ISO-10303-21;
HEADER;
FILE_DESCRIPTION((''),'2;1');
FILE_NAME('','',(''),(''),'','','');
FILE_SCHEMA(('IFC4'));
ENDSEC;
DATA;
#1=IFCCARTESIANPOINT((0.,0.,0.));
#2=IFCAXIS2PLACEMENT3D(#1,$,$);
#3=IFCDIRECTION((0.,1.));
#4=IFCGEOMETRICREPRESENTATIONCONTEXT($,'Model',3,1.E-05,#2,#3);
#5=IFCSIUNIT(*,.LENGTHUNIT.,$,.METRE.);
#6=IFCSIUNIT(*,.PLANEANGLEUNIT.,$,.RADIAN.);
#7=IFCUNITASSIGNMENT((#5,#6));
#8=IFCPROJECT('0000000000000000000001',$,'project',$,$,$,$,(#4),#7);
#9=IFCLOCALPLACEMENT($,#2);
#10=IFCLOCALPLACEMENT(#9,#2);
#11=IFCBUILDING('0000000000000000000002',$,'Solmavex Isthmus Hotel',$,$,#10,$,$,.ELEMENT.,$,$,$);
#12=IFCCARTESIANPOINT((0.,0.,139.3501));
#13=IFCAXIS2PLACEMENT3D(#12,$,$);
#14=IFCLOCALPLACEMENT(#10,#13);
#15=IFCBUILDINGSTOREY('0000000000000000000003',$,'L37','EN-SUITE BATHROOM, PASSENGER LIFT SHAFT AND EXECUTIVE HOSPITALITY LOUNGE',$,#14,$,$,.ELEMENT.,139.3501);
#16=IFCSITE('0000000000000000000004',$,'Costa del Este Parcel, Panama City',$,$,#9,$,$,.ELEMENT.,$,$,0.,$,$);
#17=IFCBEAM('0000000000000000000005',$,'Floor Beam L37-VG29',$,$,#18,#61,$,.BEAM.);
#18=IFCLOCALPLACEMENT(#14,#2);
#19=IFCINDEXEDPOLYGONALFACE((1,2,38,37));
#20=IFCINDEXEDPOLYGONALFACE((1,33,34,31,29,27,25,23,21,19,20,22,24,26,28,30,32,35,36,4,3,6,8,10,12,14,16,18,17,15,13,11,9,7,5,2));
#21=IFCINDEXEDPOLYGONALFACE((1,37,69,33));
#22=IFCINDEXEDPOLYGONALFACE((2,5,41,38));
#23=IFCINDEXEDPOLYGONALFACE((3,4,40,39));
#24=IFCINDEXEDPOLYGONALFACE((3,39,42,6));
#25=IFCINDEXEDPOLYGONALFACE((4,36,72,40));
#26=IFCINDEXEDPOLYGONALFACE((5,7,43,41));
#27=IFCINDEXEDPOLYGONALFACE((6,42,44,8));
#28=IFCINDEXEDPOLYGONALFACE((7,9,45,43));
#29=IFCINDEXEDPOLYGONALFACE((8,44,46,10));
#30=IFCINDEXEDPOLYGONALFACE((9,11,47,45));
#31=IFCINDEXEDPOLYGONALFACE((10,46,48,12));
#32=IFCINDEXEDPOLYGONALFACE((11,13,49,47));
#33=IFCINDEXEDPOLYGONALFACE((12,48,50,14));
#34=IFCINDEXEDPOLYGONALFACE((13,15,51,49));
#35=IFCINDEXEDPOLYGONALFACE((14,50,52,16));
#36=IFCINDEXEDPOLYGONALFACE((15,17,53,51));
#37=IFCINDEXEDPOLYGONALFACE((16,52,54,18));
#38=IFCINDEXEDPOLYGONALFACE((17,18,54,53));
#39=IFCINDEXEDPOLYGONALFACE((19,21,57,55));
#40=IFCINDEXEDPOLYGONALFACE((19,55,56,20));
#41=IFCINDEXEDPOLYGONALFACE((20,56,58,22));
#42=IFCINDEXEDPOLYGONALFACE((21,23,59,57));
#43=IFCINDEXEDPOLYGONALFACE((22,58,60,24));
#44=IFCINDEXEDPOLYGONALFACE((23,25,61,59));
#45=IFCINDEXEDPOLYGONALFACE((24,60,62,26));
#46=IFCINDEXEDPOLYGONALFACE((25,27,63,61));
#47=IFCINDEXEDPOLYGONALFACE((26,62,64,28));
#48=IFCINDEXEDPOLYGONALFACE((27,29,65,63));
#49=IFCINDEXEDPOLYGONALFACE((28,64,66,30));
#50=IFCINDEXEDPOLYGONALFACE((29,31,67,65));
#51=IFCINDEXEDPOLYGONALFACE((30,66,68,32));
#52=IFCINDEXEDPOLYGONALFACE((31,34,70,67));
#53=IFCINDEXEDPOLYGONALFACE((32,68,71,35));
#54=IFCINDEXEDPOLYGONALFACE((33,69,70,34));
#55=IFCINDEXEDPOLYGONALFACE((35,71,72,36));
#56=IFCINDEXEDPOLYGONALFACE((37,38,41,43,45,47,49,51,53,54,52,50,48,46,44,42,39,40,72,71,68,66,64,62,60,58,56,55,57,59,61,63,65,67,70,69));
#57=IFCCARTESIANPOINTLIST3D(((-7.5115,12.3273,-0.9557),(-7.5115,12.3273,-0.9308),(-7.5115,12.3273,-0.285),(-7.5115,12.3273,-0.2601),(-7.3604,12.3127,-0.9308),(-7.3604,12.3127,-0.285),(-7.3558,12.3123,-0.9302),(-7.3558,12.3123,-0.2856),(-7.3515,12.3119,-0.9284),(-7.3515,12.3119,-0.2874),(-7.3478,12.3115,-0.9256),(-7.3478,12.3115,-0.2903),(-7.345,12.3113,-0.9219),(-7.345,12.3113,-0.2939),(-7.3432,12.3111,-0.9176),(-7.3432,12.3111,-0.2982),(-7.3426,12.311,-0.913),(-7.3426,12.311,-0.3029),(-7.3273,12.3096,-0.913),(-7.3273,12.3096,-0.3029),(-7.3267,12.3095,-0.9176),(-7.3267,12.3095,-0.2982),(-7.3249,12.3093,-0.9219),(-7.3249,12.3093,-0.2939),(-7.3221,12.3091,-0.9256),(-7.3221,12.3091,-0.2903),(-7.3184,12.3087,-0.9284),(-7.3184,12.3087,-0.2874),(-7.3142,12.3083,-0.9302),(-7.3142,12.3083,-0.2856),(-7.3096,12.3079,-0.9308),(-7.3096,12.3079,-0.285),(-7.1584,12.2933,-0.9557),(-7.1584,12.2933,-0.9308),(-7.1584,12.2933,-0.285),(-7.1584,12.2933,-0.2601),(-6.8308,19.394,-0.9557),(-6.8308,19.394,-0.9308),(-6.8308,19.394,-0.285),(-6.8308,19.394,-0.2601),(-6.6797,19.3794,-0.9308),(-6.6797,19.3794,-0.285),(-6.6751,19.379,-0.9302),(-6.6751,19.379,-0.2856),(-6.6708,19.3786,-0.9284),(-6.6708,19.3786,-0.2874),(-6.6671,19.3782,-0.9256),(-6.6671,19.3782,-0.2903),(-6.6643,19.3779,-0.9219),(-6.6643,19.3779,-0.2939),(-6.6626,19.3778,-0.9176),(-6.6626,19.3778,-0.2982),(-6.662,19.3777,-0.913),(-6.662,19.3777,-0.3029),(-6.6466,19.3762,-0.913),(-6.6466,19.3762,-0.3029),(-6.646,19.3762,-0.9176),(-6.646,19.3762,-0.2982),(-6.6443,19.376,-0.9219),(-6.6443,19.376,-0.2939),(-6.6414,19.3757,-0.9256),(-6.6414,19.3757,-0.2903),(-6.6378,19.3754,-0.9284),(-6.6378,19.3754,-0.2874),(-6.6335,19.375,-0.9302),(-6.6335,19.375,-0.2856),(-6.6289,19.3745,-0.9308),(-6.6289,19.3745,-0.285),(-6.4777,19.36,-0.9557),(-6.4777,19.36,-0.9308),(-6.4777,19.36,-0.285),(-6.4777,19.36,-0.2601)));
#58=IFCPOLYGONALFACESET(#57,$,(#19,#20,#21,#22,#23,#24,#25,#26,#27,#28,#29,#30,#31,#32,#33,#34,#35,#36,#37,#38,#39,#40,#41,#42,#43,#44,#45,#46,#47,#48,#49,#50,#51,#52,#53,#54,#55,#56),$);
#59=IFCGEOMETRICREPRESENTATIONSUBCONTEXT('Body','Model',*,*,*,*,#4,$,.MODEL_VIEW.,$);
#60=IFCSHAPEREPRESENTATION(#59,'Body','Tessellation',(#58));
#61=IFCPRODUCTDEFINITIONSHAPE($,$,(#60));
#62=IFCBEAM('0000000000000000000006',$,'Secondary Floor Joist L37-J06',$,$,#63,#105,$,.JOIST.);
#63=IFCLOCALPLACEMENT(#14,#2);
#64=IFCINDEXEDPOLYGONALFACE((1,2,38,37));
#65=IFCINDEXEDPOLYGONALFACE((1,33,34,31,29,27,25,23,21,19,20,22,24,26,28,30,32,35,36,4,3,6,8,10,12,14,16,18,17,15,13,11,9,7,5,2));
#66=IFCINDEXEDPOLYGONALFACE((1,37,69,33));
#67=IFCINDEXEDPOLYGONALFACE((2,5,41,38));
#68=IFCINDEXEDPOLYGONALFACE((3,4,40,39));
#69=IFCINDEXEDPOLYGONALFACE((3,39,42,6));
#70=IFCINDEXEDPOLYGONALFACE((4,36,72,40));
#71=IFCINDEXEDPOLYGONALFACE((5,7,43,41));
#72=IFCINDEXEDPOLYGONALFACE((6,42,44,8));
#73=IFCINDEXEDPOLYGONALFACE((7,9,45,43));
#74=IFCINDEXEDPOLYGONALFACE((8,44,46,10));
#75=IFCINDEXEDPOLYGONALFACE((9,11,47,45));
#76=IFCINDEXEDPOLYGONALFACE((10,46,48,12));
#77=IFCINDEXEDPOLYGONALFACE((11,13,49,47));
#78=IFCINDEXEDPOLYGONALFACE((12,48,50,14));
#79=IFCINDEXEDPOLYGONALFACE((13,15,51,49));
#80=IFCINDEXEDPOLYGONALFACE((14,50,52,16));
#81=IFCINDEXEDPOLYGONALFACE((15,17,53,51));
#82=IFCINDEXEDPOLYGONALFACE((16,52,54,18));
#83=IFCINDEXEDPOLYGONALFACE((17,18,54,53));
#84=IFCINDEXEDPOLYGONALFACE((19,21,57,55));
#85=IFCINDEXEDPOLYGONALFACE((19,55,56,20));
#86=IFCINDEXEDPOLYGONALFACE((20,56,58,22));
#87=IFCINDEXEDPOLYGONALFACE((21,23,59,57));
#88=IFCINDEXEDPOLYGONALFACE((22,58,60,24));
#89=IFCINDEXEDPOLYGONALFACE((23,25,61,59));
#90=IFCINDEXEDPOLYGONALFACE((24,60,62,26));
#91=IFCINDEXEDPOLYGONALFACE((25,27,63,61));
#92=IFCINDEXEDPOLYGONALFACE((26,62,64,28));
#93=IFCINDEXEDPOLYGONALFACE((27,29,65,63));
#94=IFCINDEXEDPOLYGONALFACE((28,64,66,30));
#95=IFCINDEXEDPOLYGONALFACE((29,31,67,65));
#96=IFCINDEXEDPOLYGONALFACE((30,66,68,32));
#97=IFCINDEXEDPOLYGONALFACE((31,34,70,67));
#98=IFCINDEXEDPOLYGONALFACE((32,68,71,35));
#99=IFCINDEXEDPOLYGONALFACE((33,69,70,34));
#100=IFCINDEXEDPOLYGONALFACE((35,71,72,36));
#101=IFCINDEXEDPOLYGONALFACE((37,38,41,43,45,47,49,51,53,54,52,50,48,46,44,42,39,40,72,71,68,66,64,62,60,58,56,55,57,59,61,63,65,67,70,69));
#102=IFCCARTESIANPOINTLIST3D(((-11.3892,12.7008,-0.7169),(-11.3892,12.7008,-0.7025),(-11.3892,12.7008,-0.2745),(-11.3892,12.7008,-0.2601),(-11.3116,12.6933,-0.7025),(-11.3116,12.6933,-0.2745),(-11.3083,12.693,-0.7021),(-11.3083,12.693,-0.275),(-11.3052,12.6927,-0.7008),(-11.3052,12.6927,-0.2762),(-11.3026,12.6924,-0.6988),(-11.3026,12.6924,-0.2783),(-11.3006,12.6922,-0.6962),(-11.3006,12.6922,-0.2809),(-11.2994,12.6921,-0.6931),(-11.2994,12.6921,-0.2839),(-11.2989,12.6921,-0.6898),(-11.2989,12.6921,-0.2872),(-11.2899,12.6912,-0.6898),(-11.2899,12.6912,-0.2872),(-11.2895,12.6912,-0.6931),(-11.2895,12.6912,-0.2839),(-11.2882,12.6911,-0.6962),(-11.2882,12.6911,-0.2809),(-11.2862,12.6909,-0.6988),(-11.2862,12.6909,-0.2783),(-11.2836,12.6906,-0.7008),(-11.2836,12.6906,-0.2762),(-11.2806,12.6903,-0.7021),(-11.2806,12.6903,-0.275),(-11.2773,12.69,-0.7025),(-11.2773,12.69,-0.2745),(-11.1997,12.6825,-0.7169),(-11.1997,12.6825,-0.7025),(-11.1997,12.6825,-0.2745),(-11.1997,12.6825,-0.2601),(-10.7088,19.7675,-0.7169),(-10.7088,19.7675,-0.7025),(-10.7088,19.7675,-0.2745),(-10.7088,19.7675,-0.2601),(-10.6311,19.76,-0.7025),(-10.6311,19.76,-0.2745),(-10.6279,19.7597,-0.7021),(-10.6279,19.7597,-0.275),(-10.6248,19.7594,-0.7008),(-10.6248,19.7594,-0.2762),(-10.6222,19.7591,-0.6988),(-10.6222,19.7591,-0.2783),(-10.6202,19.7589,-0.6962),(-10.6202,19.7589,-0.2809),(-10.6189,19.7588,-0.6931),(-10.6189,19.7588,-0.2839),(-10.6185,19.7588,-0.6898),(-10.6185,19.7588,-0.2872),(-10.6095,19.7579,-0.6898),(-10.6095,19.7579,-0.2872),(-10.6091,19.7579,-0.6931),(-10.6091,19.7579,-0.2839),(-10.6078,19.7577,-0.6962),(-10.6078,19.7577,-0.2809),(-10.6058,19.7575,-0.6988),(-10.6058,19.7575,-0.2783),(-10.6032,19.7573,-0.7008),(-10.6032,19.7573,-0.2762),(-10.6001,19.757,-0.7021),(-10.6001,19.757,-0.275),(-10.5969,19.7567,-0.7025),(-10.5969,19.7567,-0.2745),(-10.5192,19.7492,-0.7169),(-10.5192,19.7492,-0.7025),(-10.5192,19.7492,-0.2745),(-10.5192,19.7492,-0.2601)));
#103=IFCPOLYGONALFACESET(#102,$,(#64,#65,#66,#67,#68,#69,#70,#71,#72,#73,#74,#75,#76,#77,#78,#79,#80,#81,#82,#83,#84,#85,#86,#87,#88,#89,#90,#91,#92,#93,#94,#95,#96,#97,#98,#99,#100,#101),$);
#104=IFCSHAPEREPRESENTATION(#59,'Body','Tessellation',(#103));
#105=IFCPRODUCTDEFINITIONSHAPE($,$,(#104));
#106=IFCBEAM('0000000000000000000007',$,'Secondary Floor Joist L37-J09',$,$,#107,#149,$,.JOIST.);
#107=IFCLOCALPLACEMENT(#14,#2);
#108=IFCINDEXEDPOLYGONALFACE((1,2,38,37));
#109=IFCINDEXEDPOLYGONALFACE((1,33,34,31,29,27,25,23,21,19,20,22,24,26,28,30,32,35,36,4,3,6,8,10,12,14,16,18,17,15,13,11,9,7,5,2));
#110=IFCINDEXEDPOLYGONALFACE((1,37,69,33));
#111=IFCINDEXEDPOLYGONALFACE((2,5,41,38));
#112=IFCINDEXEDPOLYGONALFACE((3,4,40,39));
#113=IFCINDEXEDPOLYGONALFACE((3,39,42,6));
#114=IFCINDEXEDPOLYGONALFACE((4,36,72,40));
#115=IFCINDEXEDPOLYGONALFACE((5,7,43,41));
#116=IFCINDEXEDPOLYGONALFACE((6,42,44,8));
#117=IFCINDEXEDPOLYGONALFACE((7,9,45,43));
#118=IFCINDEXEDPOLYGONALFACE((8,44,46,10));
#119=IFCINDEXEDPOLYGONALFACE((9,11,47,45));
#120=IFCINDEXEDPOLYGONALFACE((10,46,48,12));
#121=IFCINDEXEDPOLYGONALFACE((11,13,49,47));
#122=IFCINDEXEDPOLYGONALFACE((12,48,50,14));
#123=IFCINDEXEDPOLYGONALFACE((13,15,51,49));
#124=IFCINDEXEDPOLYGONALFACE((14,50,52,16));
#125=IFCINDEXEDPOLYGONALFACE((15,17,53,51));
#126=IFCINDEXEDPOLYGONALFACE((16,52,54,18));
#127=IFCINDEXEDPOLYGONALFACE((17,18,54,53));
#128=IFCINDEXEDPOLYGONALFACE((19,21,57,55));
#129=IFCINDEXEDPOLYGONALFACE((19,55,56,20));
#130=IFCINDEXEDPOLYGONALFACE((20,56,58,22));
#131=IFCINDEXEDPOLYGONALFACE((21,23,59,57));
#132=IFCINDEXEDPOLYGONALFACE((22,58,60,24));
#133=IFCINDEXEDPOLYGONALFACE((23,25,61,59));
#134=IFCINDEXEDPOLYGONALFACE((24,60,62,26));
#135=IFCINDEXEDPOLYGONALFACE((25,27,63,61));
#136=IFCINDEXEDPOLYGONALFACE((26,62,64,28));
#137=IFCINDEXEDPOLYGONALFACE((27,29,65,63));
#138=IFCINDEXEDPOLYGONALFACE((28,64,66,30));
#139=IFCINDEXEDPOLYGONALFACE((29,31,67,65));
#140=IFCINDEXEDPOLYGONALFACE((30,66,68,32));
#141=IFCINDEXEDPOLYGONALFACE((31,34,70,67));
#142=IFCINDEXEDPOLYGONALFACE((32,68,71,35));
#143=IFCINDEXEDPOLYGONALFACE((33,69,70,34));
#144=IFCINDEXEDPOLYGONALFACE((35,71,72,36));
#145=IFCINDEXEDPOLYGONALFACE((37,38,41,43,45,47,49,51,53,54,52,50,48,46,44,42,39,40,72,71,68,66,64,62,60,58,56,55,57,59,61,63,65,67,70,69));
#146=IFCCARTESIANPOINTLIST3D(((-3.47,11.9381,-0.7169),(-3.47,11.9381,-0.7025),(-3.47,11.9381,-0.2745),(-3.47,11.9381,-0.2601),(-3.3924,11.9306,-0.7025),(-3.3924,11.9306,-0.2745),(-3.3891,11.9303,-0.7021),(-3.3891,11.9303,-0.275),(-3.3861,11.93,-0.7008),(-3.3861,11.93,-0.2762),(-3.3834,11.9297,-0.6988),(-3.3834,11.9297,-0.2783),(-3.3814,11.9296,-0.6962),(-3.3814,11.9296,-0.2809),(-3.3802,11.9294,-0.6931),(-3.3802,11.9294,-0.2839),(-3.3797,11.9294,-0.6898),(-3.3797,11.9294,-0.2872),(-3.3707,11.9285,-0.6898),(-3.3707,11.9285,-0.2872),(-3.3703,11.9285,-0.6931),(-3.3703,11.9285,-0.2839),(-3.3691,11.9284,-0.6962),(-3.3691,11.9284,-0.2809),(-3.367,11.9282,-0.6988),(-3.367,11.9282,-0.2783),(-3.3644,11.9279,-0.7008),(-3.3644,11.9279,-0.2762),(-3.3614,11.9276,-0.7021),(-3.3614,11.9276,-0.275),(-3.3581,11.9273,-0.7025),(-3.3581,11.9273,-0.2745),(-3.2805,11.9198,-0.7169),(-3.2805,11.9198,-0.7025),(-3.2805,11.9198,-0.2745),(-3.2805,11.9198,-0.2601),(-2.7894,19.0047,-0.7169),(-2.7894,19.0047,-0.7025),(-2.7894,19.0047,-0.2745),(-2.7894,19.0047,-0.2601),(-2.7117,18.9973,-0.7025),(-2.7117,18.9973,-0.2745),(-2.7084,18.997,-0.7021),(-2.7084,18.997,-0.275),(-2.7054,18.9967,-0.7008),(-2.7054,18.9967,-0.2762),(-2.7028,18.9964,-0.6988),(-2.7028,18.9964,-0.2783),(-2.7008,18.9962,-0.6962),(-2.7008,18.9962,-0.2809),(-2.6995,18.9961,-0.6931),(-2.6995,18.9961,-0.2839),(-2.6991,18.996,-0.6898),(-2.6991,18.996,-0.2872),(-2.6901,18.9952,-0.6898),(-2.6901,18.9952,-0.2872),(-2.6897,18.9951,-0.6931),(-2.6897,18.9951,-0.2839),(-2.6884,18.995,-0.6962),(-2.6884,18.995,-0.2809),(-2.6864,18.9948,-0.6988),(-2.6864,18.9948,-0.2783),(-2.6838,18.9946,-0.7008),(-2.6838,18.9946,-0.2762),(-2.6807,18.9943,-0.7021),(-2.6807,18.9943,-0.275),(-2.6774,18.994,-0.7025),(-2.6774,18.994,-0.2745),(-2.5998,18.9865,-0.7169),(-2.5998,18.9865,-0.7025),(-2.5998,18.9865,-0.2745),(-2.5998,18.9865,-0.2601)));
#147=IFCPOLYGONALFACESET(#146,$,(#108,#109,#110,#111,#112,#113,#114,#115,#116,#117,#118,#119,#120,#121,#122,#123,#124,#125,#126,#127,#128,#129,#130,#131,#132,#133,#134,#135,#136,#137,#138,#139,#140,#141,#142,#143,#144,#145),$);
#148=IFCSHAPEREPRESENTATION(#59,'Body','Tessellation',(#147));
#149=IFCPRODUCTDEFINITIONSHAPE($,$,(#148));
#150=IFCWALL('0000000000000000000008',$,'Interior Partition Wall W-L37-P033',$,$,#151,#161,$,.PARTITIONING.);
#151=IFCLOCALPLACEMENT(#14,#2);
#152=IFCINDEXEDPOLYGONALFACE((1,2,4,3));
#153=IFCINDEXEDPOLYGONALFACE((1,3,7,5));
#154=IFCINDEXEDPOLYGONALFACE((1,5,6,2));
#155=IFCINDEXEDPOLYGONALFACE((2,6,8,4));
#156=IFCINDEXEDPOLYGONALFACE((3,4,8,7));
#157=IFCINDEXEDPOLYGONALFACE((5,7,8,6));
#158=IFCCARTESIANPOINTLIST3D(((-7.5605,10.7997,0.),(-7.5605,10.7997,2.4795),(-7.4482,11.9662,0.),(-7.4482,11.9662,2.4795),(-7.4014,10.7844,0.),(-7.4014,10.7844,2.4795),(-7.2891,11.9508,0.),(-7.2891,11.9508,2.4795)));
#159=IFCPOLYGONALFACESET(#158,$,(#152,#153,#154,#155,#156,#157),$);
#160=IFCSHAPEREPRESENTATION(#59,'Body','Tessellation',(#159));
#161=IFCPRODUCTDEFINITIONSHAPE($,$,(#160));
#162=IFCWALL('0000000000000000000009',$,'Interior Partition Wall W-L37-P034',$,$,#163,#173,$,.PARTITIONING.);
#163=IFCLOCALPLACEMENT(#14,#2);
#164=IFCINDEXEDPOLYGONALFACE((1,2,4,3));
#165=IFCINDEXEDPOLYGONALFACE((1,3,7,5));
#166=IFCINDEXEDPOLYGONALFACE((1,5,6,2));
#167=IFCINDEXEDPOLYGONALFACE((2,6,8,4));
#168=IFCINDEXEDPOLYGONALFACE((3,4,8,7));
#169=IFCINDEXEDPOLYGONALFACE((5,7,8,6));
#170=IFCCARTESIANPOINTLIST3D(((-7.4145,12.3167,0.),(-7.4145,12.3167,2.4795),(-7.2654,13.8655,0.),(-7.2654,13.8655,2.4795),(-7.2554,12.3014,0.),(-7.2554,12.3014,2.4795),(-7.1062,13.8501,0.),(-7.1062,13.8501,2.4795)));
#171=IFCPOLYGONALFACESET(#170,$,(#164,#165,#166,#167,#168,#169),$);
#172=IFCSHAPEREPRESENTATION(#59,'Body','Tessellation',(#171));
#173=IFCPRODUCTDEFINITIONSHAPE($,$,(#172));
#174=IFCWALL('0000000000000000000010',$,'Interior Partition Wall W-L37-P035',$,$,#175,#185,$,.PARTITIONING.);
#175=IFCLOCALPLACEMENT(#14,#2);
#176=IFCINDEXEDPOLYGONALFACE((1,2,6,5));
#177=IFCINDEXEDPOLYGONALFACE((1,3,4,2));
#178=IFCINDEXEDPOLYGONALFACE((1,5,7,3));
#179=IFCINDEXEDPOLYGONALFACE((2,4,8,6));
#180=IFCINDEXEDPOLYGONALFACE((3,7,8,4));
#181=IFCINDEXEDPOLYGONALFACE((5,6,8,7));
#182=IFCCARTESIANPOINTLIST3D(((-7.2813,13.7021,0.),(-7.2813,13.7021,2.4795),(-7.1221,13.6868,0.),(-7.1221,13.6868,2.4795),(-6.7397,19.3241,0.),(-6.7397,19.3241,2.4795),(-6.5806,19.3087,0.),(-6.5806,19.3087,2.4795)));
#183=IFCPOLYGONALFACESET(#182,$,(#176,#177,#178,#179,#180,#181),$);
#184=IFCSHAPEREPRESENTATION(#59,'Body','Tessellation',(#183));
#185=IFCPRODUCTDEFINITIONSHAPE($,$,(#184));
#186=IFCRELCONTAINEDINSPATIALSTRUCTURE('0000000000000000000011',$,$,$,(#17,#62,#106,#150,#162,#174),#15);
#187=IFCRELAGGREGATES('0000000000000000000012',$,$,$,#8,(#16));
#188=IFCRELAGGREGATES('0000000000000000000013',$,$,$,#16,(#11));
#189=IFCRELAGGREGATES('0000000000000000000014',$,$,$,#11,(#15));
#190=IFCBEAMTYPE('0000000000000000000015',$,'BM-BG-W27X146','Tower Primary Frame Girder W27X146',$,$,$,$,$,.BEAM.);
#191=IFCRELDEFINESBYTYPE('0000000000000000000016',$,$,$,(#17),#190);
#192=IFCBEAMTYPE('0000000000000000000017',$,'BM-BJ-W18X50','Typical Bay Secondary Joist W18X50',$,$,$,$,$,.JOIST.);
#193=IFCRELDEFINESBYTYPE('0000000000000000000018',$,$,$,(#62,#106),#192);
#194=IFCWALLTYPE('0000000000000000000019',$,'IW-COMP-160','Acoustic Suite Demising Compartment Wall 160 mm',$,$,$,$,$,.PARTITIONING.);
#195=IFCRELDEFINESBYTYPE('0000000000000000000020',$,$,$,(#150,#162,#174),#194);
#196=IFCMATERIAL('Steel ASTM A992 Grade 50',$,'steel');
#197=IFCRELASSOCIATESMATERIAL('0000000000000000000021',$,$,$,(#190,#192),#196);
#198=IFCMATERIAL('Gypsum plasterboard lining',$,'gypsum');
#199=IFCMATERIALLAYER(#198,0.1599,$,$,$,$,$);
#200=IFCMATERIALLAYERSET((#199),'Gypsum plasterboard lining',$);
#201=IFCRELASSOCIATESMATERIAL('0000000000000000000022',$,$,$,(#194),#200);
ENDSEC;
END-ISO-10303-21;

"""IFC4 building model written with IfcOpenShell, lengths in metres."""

from ifc_helpers import new_model, si_unit, direction, frame, frame_2d, origin, origin_2d, place, context, subcontext, project, spatial, rectangle, i_section, extrude, material, layer, layer_set, material_profile, profile_set, type_object, element, save


model = new_model("IFC4")

# Units and contexts
model_context = context("Model", 3, precision=1e-05, world=origin(), true_north=direction((0.0, 1.0)))
body_context = subcontext(model_context, "Body", "Model", "MODEL_VIEW")
ifc_project = project(units=[si_unit("LENGTHUNIT", "METRE"), si_unit("PLANEANGLEUNIT", "RADIAN")], contexts=[model_context])

# Site, building, storey
site_placement = place(None, origin())
site = spatial("IfcSite", under=ifc_project, at=site_placement, Name="Costa del Este Parcel, Panama City", CompositionType="ELEMENT", RefElevation=0.0)
building_placement = place(site_placement, origin())
building = spatial("IfcBuilding", under=site, at=building_placement, Name="Solmavex Isthmus Hotel", CompositionType="ELEMENT")
storey_placement = place(building_placement, frame((0.0, 0.0, 139.3501)))
storey = spatial("IfcBuildingStorey", under=building, at=storey_placement, Name="L37", Description="EN-SUITE BATHROOM, PASSENGER LIFT SHAFT AND EXECUTIVE HOSPITALITY LOUNGE", CompositionType="ELEMENT", Elevation=139.3501)

# Beams
ifc_material_1 = material(Name="Steel ASTM A992 Grade 50", Category="steel")
ifc_material_profile_1 = material_profile(ifc_material_1, i_section(OverallWidth=0.3547, OverallDepth=0.6956, WebThickness=0.0154, FlangeThickness=0.0249, FilletRadius=0.0178, at=origin_2d()), Name="W27X146")
ifc_profile_set_1 = profile_set([ifc_material_profile_1], Name="Steel ASTM A992 Grade 50")
beam_type_1 = type_object("IfcBeamType", Name="BM-BG-W27X146", Description="Tower Primary Frame Girder W27X146", PredefinedType="BEAM", material=ifc_profile_set_1)
beam_1_placement = place(storey_placement, frame((-7.335, 12.3103, -0.6079), z_axis=(0.095877, 0.995393, 0.0), x_axis=(-0.995393, 0.095877, 0.0)))
element("IfcBeam", 1, at=beam_1_placement, inside=storey, type_object=beam_type_1, Name="Floor Beam L37-VG29", PredefinedType="BEAM", context=body_context, shape_type="SweptSolid", body=[
    extrude(i_section(OverallWidth=0.3547, OverallDepth=0.6956, WebThickness=0.0154, FlangeThickness=0.0249, FilletRadius=0.0178, at=origin_2d()), origin(), (0.0, 0.0, 1.0), 7.0994),
])
ifc_material_profile_2 = material_profile(ifc_material_1, i_section(OverallWidth=0.1904, OverallDepth=0.4568, WebThickness=0.009, FlangeThickness=0.0144, FilletRadius=0.0127, at=origin_2d()), Name="W18X50")
ifc_profile_set_2 = profile_set([ifc_material_profile_2], Name="Steel ASTM A992 Grade 50")
beam_type_2 = type_object("IfcBeamType", Name="BM-BJ-W18X50", Description="Typical Bay Secondary Joist W18X50", PredefinedType="JOIST", material=ifc_profile_set_2)
for number, where, z_axis, x_axis, name in (
    (2, (-11.2944, 12.6917, -0.4885), (0.095843, 0.995396, 0.0), (-0.995396, 0.095843, 0.0), "Secondary Floor Joist L37-J06"),
    (3, (-3.3752, 11.929, -0.4885), (0.095877, 0.995393, 0.0), (-0.995393, 0.095877, 0.0), "Secondary Floor Joist L37-J09"),
):
    element("IfcBeam", number, at=place(storey_placement, frame(where, z_axis=z_axis, x_axis=x_axis)), inside=storey, type_object=beam_type_2, Name=name, PredefinedType="JOIST", context=body_context, shape_type="SweptSolid", body=[
        extrude(i_section(OverallWidth=0.1904, OverallDepth=0.4568, WebThickness=0.009, FlangeThickness=0.0144, FilletRadius=0.0127, at=origin_2d()), origin(), (0.0, 0.0, 1.0), 7.0994),
    ])

# Walls
ifc_material_2 = material(Name="Gypsum plasterboard lining", Category="gypsum")
ifc_layer_1 = layer(ifc_material_2, 0.1599)
ifc_layer_set_1 = layer_set([ifc_layer_1], Name="Gypsum plasterboard lining")
wall_type_1 = type_object("IfcWallType", Name="IW-COMP-160", Description="Acoustic Suite Demising Compartment Wall 160 mm", PredefinedType="PARTITIONING", material=ifc_layer_set_1)
wall_1_placement = place(storey_placement, frame((-7.3687, 11.9585, 0.0), z_axis=(0.0, 0.0, 1.0), x_axis=(-0.095831, -0.995398, 0.0)))
element("IfcWall", 4, at=wall_1_placement, inside=storey, type_object=wall_type_1, Name="Interior Partition Wall W-L37-P033", PredefinedType="PARTITIONING", context=body_context, shape_type="SweptSolid", body=[
    extrude(rectangle(XDim=1.1719, YDim=0.1599, at=frame_2d((0.5859, 0.0))), origin(), (0.0, 0.0, 1.0), 2.4795),
])
wall_2_placement = place(storey_placement, frame((-7.1858, 13.8577, 0.0), z_axis=(0.0, 0.0, 1.0), x_axis=(-0.095868, -0.995394, 0.0)))
element("IfcWall", 5, at=wall_2_placement, inside=storey, type_object=wall_type_1, Name="Interior Partition Wall W-L37-P034", PredefinedType="PARTITIONING", context=body_context, shape_type="SweptSolid", body=[
    extrude(rectangle(XDim=1.5559, YDim=0.1599, at=frame_2d((0.7778, 0.0))), origin(), (0.0, 0.0, 1.0), 2.4795),
])
wall_3_placement = place(storey_placement, frame((-6.6602, 19.3164, 0.0), z_axis=(0.0, 0.0, 1.0), x_axis=(-0.095878, -0.995393, 0.0)))
element("IfcWall", 6, at=wall_3_placement, inside=storey, type_object=wall_type_1, Name="Interior Partition Wall W-L37-P035", PredefinedType="PARTITIONING", context=body_context, shape_type="SweptSolid", body=[
    extrude(rectangle(XDim=5.6479, YDim=0.1599, at=frame_2d((2.824, 0.0))), origin(), (0.0, 0.0, 1.0), 2.4795),
])

save(model, "model.ifc")
